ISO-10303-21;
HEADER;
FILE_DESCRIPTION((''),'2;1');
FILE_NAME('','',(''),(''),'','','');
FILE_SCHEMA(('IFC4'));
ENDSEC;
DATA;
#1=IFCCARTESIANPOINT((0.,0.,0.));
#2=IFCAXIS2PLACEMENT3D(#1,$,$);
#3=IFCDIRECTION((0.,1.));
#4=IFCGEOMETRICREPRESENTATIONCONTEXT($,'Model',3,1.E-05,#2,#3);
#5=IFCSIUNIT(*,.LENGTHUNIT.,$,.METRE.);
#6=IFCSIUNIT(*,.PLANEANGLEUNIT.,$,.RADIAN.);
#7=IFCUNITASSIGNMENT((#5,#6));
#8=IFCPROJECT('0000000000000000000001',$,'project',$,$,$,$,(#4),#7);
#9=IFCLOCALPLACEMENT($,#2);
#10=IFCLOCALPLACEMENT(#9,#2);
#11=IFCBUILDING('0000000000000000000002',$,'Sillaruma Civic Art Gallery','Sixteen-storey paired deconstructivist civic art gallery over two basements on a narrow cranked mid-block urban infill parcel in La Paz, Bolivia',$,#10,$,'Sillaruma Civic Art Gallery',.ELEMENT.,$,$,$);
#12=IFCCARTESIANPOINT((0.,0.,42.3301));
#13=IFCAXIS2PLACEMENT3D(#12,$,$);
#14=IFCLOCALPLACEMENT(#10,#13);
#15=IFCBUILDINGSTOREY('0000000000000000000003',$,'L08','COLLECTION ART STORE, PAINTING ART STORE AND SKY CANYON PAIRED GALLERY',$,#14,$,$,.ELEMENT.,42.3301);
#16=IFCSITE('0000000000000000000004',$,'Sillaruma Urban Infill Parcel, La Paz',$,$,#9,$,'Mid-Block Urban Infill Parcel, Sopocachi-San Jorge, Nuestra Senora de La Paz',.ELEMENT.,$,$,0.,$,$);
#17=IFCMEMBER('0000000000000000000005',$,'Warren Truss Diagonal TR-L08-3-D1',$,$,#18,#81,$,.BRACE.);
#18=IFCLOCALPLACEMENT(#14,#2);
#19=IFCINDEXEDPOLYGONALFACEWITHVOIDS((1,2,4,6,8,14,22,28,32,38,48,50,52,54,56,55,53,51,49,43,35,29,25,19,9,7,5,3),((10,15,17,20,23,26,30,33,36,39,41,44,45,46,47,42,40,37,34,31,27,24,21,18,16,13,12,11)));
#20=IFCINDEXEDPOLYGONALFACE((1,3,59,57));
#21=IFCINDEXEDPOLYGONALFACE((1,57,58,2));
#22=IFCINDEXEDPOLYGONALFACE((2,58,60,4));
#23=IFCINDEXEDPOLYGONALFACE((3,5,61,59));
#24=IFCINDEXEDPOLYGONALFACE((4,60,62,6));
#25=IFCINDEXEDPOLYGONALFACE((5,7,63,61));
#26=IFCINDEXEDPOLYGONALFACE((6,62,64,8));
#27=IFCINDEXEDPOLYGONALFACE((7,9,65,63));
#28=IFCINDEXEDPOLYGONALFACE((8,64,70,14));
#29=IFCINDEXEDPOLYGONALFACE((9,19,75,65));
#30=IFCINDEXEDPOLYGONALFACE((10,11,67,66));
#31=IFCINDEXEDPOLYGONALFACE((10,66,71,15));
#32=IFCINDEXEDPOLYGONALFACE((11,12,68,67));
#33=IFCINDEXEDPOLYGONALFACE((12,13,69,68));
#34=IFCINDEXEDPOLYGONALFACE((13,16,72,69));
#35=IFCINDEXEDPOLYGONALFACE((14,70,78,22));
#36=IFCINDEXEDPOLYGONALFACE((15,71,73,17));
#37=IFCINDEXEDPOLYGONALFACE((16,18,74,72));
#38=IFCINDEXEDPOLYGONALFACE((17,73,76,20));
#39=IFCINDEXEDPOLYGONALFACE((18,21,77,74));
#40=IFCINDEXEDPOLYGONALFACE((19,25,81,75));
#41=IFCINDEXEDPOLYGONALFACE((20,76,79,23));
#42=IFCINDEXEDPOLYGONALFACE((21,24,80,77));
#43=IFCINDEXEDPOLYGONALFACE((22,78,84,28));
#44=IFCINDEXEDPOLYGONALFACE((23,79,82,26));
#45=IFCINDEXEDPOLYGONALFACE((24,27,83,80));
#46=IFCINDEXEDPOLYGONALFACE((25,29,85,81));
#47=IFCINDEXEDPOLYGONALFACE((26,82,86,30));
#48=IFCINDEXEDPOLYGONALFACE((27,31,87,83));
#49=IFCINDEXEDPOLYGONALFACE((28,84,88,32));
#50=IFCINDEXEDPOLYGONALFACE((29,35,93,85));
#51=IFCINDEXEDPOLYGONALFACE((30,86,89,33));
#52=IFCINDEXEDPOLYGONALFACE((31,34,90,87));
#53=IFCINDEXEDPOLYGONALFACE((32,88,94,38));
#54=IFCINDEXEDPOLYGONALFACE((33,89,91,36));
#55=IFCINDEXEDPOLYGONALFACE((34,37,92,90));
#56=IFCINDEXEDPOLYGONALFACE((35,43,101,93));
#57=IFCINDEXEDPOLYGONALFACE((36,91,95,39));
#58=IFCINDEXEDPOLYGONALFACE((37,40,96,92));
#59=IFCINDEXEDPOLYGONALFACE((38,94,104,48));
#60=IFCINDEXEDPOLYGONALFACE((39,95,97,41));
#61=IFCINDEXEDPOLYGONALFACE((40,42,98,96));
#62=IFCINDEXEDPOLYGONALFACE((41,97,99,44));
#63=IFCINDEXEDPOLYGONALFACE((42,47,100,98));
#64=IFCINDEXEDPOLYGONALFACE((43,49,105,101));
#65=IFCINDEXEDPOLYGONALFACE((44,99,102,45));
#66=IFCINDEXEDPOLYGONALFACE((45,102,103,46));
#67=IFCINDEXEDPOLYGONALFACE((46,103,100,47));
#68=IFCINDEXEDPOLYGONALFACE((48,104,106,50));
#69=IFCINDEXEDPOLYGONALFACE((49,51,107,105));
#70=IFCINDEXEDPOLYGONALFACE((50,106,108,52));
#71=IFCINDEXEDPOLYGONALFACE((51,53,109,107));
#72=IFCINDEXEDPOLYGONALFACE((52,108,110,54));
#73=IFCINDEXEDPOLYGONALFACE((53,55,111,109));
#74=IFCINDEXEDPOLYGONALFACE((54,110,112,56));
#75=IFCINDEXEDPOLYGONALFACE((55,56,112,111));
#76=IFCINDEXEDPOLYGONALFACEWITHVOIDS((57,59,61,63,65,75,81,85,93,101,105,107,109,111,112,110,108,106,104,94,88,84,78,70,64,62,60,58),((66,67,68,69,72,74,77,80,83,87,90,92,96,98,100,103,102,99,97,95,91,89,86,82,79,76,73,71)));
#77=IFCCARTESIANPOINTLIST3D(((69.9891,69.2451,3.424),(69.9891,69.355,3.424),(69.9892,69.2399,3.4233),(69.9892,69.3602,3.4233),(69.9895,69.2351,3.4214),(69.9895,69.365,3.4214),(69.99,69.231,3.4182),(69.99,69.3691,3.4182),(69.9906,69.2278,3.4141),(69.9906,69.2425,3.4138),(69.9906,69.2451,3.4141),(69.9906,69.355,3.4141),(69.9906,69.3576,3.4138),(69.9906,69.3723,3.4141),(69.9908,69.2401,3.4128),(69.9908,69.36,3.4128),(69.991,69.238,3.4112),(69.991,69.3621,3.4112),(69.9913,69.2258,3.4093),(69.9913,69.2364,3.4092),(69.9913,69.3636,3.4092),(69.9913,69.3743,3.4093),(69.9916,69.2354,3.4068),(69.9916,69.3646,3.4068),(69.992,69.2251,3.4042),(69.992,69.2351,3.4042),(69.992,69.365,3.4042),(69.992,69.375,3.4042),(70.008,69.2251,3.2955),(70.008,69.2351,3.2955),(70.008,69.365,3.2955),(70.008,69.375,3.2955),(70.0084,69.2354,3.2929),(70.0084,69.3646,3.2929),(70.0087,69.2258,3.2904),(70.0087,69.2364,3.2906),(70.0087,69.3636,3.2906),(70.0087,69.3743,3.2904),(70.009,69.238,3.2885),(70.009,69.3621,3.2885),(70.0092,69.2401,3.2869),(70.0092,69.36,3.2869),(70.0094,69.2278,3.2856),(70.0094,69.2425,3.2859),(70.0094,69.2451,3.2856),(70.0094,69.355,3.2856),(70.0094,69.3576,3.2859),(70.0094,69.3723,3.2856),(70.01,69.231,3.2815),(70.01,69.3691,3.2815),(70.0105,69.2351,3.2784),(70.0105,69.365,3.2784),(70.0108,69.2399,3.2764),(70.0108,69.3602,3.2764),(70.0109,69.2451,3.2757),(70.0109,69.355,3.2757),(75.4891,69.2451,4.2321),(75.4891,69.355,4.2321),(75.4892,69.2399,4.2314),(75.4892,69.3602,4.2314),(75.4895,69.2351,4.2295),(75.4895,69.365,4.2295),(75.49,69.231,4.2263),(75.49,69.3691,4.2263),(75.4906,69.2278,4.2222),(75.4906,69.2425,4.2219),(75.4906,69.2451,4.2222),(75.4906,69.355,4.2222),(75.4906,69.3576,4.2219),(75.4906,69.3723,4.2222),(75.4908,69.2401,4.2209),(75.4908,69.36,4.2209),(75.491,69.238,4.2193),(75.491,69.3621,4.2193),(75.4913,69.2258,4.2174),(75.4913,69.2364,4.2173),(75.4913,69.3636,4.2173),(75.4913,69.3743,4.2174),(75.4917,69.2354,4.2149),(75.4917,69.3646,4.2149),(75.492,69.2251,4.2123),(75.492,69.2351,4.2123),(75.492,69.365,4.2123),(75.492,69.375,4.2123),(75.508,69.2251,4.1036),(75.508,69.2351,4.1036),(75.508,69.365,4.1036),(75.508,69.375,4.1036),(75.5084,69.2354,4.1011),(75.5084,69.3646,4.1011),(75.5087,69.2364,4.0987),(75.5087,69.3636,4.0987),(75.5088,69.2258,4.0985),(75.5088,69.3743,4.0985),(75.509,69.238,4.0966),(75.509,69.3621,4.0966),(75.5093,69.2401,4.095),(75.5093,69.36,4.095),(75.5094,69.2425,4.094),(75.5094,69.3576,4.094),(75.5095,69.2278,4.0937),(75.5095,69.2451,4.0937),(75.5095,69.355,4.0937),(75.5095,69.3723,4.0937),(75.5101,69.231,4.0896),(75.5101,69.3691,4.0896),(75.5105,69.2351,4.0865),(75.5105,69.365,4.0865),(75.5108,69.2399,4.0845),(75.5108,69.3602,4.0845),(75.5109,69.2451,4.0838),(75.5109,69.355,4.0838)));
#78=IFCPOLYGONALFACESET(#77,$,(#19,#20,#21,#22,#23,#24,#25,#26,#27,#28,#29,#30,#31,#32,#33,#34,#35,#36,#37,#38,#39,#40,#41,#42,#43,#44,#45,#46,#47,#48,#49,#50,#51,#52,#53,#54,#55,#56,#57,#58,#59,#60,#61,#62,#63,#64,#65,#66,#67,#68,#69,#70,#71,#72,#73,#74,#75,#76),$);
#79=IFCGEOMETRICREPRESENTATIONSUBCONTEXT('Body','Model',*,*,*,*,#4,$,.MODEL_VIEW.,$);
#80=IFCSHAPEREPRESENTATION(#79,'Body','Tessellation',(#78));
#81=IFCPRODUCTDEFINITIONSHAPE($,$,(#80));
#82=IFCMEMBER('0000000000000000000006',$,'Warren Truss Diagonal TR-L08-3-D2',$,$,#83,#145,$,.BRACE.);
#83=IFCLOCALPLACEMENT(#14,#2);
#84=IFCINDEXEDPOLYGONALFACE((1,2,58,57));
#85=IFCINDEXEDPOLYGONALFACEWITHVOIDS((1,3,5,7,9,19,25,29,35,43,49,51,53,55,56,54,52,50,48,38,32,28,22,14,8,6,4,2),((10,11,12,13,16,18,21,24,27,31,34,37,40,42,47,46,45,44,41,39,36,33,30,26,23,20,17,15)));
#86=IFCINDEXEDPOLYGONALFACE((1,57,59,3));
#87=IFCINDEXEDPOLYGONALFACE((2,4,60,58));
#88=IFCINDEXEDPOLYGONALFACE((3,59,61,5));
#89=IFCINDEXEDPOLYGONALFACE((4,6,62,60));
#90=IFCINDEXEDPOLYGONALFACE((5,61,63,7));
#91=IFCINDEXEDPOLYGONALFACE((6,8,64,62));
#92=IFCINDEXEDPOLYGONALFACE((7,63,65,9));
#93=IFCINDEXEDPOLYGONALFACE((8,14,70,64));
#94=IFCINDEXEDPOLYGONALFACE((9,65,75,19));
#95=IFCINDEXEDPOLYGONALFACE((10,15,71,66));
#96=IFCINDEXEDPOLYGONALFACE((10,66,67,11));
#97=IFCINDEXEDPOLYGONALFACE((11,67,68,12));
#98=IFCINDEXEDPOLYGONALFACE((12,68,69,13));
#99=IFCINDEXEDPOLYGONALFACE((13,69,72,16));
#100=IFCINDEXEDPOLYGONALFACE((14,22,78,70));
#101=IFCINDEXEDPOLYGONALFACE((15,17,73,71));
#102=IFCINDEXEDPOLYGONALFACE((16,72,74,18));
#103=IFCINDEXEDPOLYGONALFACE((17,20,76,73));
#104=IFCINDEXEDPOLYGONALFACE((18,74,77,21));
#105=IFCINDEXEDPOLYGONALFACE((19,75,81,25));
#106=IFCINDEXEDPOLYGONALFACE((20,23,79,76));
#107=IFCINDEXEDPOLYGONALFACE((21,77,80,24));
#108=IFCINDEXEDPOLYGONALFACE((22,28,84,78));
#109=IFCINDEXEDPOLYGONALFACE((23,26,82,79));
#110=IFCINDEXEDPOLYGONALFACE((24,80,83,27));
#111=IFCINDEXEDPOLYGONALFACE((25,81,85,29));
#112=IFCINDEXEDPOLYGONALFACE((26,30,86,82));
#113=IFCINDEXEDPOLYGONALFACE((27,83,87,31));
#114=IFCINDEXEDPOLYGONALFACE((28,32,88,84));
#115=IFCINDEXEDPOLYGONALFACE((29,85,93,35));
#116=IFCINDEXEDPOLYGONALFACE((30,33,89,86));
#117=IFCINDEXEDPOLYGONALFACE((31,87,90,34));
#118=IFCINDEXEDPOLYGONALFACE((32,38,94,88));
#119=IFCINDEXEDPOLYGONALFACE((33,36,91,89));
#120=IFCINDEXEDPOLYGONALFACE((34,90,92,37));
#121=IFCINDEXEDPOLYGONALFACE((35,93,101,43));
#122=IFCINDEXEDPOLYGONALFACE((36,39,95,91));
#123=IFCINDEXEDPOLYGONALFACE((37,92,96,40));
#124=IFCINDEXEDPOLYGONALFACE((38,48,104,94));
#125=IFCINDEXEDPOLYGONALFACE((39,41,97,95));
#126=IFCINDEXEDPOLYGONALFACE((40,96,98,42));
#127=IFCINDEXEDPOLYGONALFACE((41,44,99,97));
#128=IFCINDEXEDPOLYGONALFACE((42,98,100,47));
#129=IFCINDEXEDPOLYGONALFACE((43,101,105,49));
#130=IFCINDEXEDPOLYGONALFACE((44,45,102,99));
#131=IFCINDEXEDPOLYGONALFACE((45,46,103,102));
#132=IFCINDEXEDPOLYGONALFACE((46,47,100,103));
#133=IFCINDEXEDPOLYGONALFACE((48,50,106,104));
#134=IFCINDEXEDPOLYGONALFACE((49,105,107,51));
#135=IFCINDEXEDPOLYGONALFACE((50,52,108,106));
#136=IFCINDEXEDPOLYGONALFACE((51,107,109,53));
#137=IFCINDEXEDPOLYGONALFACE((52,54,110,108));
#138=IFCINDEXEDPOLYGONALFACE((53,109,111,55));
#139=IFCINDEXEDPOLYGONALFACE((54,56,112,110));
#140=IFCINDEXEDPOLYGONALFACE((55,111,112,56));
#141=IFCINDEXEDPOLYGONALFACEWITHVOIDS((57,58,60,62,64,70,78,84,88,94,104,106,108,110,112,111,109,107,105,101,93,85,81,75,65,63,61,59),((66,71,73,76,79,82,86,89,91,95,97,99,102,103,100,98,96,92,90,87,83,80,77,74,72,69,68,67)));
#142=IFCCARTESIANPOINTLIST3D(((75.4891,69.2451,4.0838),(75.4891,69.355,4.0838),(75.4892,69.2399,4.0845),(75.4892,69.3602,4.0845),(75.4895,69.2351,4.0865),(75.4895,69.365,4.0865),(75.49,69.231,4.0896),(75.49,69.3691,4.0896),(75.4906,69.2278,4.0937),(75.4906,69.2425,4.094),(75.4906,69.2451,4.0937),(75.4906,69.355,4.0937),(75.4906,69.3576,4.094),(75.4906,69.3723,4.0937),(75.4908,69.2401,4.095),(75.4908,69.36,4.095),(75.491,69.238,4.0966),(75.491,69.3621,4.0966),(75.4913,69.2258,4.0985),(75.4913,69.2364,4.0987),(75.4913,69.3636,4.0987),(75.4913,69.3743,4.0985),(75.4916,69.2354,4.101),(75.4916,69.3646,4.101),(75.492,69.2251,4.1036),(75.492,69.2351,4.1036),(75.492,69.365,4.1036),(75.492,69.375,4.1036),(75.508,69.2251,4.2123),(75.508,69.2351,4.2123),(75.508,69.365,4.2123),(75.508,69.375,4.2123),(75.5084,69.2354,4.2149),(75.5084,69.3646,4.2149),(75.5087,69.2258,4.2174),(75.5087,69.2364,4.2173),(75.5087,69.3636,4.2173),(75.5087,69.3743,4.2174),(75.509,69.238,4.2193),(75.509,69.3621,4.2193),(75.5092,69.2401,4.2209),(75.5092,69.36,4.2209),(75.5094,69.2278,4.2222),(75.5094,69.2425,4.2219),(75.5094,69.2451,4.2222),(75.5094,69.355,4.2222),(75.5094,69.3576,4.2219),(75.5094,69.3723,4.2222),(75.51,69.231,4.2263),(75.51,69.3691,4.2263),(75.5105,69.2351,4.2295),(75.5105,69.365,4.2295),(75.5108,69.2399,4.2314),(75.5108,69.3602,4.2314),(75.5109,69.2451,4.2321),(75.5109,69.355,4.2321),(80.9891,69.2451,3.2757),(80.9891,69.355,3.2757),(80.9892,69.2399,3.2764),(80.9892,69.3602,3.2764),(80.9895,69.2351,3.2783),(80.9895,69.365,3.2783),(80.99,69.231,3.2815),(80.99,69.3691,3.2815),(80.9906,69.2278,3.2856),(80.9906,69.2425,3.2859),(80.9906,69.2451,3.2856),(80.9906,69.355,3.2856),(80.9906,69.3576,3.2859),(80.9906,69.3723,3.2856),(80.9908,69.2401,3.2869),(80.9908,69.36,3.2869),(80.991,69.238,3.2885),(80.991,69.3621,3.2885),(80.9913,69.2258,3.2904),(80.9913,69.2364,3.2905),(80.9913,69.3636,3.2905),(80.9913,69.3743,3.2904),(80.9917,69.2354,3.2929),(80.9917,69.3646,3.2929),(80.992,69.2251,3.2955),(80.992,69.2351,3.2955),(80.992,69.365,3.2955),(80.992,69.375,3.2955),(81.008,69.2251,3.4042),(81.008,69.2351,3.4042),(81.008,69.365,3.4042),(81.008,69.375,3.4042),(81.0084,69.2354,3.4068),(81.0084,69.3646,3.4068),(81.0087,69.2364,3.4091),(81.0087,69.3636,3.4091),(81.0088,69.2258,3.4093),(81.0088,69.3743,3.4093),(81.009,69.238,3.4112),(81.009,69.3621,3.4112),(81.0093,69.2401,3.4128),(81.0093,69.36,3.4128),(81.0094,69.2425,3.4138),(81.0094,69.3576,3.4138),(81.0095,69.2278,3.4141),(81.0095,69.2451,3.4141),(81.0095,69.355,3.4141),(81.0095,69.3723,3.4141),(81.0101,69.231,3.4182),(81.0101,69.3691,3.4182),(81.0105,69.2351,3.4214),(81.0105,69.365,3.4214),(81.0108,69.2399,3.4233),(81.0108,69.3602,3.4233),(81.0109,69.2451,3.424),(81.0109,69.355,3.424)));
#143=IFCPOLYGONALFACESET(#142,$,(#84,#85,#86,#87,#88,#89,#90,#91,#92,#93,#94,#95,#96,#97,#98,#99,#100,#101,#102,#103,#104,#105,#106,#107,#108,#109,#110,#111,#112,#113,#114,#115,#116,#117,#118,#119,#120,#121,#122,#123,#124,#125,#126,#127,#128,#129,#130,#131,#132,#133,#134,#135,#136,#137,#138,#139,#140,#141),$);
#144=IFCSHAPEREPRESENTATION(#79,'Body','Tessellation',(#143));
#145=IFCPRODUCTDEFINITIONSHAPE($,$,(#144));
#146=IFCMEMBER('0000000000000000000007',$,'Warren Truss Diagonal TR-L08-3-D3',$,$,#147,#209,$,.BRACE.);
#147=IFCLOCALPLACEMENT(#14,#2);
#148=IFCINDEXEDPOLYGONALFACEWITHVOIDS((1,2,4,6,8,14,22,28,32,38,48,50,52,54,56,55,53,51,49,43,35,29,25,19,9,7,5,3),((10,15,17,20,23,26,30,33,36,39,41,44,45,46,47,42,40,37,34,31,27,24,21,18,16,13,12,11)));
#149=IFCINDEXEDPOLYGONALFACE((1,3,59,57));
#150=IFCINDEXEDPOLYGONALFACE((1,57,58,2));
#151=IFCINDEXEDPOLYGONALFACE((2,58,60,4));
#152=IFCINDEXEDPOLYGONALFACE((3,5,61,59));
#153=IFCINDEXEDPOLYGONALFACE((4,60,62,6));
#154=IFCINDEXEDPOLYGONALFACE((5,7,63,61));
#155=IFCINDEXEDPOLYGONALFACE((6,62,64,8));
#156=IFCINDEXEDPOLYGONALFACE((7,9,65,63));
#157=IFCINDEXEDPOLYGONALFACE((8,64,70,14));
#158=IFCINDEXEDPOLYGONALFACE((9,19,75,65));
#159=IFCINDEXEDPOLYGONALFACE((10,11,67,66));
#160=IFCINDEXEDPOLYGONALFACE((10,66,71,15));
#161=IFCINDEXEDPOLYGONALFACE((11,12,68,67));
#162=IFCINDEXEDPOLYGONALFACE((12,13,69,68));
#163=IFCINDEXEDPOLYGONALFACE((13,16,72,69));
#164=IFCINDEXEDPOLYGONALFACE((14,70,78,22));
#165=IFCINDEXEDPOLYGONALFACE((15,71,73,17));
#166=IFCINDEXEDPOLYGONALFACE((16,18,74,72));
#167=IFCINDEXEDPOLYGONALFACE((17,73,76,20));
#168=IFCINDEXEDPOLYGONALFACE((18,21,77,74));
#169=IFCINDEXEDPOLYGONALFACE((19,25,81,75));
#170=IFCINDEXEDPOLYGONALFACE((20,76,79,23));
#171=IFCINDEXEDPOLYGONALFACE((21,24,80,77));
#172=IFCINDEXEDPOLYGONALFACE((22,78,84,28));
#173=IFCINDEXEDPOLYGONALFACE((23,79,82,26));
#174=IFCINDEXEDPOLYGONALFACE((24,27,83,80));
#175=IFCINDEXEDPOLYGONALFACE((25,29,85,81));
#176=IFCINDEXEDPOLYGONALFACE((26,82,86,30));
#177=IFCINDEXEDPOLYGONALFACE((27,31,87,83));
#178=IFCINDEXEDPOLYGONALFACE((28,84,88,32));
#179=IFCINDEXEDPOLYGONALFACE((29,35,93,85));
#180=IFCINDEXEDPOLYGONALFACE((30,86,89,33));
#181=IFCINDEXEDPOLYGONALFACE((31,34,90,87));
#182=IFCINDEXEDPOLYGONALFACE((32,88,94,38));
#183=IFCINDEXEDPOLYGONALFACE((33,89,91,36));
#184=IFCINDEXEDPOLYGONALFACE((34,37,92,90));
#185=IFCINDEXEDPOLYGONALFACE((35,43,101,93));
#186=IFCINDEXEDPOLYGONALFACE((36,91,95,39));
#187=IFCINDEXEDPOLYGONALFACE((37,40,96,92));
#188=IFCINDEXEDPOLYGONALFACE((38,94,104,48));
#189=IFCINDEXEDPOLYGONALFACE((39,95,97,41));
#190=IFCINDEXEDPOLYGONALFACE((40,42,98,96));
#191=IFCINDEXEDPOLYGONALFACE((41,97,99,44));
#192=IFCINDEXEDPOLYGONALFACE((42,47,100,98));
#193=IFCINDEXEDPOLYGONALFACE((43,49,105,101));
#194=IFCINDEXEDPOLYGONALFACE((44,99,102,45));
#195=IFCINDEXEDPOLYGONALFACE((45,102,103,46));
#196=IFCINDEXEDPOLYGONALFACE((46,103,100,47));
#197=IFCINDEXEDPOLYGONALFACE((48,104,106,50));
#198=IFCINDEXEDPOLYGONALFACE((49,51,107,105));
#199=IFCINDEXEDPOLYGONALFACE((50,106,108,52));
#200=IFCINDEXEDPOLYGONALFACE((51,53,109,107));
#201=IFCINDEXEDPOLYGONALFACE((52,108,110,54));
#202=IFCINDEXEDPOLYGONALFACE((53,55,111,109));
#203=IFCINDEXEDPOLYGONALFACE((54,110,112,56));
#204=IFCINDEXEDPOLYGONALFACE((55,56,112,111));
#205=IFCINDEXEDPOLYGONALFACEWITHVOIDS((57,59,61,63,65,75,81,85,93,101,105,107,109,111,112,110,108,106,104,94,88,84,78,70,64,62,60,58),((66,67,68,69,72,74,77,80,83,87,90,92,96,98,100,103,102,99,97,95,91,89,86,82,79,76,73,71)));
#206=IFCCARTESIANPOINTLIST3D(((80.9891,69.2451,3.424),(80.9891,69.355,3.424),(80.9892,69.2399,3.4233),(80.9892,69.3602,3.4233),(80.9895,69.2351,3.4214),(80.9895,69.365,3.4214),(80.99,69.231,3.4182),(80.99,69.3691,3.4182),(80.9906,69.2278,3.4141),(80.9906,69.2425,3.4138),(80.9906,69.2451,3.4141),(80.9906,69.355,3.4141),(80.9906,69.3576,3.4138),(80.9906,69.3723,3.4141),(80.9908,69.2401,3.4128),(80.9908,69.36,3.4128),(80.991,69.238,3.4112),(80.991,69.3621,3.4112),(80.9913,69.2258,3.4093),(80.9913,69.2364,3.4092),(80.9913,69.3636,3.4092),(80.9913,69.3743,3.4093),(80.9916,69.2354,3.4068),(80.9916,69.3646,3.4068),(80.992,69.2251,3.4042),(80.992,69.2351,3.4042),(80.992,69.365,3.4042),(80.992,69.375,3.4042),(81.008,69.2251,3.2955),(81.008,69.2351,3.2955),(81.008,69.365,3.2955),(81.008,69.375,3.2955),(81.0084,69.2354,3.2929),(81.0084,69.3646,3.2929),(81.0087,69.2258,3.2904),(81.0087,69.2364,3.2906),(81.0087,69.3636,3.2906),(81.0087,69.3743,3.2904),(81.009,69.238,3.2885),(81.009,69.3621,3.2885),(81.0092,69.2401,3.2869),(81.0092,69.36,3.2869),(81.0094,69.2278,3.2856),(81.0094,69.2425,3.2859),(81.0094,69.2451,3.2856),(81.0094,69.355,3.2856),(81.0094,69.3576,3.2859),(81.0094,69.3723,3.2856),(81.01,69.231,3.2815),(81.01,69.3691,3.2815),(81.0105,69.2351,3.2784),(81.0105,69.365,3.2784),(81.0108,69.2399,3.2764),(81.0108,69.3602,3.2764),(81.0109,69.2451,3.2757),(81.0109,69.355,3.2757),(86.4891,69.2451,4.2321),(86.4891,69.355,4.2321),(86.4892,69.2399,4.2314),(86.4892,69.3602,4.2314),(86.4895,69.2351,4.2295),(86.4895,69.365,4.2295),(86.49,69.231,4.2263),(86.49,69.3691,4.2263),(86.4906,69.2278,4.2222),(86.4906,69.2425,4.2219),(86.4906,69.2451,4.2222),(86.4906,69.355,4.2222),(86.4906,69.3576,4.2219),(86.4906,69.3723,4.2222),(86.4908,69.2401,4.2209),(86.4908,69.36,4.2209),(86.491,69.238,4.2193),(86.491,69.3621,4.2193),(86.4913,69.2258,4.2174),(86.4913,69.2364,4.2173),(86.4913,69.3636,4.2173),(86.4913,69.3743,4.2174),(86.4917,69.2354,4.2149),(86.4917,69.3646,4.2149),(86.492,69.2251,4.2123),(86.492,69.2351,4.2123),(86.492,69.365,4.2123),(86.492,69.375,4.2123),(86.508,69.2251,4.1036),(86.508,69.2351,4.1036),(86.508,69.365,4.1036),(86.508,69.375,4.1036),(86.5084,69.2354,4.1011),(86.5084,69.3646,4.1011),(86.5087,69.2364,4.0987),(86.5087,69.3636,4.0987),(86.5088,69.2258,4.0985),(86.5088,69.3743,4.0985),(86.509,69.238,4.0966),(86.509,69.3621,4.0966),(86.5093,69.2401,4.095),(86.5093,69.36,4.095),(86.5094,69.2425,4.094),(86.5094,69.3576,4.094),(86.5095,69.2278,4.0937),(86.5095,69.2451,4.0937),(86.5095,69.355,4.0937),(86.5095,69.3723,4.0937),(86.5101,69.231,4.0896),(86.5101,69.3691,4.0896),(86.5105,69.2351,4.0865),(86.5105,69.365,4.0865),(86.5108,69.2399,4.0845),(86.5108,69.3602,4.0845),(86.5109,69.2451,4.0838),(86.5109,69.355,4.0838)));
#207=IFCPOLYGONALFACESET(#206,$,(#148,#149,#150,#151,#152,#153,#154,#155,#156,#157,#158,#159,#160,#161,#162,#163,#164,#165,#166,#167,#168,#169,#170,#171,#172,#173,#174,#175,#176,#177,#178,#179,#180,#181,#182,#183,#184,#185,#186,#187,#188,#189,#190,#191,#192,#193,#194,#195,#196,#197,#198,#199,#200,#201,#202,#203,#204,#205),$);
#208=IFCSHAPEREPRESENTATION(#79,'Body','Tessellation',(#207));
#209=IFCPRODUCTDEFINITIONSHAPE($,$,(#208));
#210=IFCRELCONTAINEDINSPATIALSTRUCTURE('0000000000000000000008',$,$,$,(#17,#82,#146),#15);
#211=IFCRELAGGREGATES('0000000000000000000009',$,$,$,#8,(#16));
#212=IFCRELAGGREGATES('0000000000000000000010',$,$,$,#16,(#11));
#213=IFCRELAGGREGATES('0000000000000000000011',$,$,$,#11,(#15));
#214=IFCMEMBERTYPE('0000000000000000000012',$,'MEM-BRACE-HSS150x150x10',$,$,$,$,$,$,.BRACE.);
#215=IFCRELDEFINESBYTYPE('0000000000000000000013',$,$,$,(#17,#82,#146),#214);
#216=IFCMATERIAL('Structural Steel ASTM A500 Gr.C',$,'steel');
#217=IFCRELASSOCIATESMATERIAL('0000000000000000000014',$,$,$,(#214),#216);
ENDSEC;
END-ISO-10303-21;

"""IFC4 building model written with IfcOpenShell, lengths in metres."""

from ifc_helpers import new_model, si_unit, direction, frame, origin, origin_2d, place, context, subcontext, project, spatial, hollow_rectangle, extrude, material, material_profile, profile_set, type_object, element, save


model = new_model("IFC4")

# Units and contexts
model_context = context("Model", 3, precision=1e-05, world=origin(), true_north=direction((0.0, 1.0)))
body_context = subcontext(model_context, "Body", "Model", "MODEL_VIEW")
ifc_project = project(units=[si_unit("LENGTHUNIT", "METRE"), si_unit("PLANEANGLEUNIT", "RADIAN")], contexts=[model_context])

# Site, building, storey
site_placement = place(None, origin())
site = spatial("IfcSite", under=ifc_project, at=site_placement, Name="Sillaruma Urban Infill Parcel, La Paz", LongName="Mid-Block Urban Infill Parcel, Sopocachi-San Jorge, Nuestra Senora de La Paz", CompositionType="ELEMENT", RefElevation=0.0)
building_placement = place(site_placement, origin())
building = spatial("IfcBuilding", under=site, at=building_placement, Name="Sillaruma Civic Art Gallery", Description="Sixteen-storey paired deconstructivist civic art gallery over two basements on a narrow cranked mid-block urban infill parcel in La Paz, Bolivia", LongName="Sillaruma Civic Art Gallery", CompositionType="ELEMENT")
storey_placement = place(building_placement, frame((0.0, 0.0, 42.3301)))
storey = spatial("IfcBuildingStorey", under=building, at=storey_placement, Name="L08", Description="COLLECTION ART STORE, PAINTING ART STORE AND SKY CANYON PAIRED GALLERY", CompositionType="ELEMENT", Elevation=42.3301)

# Members
ifc_material_1 = material(Name="Structural Steel ASTM A500 Gr.C", Category="steel")
ifc_material_profile_1 = material_profile(ifc_material_1, hollow_rectangle(XDim=0.1499, YDim=0.1499, WallThickness=0.01, InnerFilletRadius=0.01, OuterFilletRadius=0.02, at=origin_2d()), Name="HSS150x150x10")
ifc_profile_set_1 = profile_set([ifc_material_profile_1], Name="Structural Steel ASTM A500 Gr.C")
member_type_1 = type_object("IfcMemberType", Name="MEM-BRACE-HSS150x150x10", PredefinedType="BRACE", material=ifc_profile_set_1)
for number, where, z_axis, x_axis, name in (
    (1, (70.0, 69.3, 3.3499), (0.989378, 0.0, 0.145368), (0.0, 1.0, 0.0), "Warren Truss Diagonal TR-L08-3-D1"),
    (2, (75.5, 69.3, 4.158), (0.989378, 0.0, -0.145368), (0.0, 1.0, 0.0), "Warren Truss Diagonal TR-L08-3-D2"),
    (3, (81.0, 69.3, 3.3499), (0.989378, 0.0, 0.145368), (0.0, 1.0, 0.0), "Warren Truss Diagonal TR-L08-3-D3"),
):
    element("IfcMember", number, at=place(storey_placement, frame(where, z_axis=z_axis, x_axis=x_axis)), inside=storey, type_object=member_type_1, Name=name, PredefinedType="BRACE", context=body_context, shape_type="SweptSolid", body=[
        extrude(hollow_rectangle(XDim=0.1499, YDim=0.1499, WallThickness=0.01, InnerFilletRadius=0.01, OuterFilletRadius=0.02, at=origin_2d()), origin(), (0.0, 0.0, 1.0), 5.5591),
    ])

save(model, "model.ifc")
